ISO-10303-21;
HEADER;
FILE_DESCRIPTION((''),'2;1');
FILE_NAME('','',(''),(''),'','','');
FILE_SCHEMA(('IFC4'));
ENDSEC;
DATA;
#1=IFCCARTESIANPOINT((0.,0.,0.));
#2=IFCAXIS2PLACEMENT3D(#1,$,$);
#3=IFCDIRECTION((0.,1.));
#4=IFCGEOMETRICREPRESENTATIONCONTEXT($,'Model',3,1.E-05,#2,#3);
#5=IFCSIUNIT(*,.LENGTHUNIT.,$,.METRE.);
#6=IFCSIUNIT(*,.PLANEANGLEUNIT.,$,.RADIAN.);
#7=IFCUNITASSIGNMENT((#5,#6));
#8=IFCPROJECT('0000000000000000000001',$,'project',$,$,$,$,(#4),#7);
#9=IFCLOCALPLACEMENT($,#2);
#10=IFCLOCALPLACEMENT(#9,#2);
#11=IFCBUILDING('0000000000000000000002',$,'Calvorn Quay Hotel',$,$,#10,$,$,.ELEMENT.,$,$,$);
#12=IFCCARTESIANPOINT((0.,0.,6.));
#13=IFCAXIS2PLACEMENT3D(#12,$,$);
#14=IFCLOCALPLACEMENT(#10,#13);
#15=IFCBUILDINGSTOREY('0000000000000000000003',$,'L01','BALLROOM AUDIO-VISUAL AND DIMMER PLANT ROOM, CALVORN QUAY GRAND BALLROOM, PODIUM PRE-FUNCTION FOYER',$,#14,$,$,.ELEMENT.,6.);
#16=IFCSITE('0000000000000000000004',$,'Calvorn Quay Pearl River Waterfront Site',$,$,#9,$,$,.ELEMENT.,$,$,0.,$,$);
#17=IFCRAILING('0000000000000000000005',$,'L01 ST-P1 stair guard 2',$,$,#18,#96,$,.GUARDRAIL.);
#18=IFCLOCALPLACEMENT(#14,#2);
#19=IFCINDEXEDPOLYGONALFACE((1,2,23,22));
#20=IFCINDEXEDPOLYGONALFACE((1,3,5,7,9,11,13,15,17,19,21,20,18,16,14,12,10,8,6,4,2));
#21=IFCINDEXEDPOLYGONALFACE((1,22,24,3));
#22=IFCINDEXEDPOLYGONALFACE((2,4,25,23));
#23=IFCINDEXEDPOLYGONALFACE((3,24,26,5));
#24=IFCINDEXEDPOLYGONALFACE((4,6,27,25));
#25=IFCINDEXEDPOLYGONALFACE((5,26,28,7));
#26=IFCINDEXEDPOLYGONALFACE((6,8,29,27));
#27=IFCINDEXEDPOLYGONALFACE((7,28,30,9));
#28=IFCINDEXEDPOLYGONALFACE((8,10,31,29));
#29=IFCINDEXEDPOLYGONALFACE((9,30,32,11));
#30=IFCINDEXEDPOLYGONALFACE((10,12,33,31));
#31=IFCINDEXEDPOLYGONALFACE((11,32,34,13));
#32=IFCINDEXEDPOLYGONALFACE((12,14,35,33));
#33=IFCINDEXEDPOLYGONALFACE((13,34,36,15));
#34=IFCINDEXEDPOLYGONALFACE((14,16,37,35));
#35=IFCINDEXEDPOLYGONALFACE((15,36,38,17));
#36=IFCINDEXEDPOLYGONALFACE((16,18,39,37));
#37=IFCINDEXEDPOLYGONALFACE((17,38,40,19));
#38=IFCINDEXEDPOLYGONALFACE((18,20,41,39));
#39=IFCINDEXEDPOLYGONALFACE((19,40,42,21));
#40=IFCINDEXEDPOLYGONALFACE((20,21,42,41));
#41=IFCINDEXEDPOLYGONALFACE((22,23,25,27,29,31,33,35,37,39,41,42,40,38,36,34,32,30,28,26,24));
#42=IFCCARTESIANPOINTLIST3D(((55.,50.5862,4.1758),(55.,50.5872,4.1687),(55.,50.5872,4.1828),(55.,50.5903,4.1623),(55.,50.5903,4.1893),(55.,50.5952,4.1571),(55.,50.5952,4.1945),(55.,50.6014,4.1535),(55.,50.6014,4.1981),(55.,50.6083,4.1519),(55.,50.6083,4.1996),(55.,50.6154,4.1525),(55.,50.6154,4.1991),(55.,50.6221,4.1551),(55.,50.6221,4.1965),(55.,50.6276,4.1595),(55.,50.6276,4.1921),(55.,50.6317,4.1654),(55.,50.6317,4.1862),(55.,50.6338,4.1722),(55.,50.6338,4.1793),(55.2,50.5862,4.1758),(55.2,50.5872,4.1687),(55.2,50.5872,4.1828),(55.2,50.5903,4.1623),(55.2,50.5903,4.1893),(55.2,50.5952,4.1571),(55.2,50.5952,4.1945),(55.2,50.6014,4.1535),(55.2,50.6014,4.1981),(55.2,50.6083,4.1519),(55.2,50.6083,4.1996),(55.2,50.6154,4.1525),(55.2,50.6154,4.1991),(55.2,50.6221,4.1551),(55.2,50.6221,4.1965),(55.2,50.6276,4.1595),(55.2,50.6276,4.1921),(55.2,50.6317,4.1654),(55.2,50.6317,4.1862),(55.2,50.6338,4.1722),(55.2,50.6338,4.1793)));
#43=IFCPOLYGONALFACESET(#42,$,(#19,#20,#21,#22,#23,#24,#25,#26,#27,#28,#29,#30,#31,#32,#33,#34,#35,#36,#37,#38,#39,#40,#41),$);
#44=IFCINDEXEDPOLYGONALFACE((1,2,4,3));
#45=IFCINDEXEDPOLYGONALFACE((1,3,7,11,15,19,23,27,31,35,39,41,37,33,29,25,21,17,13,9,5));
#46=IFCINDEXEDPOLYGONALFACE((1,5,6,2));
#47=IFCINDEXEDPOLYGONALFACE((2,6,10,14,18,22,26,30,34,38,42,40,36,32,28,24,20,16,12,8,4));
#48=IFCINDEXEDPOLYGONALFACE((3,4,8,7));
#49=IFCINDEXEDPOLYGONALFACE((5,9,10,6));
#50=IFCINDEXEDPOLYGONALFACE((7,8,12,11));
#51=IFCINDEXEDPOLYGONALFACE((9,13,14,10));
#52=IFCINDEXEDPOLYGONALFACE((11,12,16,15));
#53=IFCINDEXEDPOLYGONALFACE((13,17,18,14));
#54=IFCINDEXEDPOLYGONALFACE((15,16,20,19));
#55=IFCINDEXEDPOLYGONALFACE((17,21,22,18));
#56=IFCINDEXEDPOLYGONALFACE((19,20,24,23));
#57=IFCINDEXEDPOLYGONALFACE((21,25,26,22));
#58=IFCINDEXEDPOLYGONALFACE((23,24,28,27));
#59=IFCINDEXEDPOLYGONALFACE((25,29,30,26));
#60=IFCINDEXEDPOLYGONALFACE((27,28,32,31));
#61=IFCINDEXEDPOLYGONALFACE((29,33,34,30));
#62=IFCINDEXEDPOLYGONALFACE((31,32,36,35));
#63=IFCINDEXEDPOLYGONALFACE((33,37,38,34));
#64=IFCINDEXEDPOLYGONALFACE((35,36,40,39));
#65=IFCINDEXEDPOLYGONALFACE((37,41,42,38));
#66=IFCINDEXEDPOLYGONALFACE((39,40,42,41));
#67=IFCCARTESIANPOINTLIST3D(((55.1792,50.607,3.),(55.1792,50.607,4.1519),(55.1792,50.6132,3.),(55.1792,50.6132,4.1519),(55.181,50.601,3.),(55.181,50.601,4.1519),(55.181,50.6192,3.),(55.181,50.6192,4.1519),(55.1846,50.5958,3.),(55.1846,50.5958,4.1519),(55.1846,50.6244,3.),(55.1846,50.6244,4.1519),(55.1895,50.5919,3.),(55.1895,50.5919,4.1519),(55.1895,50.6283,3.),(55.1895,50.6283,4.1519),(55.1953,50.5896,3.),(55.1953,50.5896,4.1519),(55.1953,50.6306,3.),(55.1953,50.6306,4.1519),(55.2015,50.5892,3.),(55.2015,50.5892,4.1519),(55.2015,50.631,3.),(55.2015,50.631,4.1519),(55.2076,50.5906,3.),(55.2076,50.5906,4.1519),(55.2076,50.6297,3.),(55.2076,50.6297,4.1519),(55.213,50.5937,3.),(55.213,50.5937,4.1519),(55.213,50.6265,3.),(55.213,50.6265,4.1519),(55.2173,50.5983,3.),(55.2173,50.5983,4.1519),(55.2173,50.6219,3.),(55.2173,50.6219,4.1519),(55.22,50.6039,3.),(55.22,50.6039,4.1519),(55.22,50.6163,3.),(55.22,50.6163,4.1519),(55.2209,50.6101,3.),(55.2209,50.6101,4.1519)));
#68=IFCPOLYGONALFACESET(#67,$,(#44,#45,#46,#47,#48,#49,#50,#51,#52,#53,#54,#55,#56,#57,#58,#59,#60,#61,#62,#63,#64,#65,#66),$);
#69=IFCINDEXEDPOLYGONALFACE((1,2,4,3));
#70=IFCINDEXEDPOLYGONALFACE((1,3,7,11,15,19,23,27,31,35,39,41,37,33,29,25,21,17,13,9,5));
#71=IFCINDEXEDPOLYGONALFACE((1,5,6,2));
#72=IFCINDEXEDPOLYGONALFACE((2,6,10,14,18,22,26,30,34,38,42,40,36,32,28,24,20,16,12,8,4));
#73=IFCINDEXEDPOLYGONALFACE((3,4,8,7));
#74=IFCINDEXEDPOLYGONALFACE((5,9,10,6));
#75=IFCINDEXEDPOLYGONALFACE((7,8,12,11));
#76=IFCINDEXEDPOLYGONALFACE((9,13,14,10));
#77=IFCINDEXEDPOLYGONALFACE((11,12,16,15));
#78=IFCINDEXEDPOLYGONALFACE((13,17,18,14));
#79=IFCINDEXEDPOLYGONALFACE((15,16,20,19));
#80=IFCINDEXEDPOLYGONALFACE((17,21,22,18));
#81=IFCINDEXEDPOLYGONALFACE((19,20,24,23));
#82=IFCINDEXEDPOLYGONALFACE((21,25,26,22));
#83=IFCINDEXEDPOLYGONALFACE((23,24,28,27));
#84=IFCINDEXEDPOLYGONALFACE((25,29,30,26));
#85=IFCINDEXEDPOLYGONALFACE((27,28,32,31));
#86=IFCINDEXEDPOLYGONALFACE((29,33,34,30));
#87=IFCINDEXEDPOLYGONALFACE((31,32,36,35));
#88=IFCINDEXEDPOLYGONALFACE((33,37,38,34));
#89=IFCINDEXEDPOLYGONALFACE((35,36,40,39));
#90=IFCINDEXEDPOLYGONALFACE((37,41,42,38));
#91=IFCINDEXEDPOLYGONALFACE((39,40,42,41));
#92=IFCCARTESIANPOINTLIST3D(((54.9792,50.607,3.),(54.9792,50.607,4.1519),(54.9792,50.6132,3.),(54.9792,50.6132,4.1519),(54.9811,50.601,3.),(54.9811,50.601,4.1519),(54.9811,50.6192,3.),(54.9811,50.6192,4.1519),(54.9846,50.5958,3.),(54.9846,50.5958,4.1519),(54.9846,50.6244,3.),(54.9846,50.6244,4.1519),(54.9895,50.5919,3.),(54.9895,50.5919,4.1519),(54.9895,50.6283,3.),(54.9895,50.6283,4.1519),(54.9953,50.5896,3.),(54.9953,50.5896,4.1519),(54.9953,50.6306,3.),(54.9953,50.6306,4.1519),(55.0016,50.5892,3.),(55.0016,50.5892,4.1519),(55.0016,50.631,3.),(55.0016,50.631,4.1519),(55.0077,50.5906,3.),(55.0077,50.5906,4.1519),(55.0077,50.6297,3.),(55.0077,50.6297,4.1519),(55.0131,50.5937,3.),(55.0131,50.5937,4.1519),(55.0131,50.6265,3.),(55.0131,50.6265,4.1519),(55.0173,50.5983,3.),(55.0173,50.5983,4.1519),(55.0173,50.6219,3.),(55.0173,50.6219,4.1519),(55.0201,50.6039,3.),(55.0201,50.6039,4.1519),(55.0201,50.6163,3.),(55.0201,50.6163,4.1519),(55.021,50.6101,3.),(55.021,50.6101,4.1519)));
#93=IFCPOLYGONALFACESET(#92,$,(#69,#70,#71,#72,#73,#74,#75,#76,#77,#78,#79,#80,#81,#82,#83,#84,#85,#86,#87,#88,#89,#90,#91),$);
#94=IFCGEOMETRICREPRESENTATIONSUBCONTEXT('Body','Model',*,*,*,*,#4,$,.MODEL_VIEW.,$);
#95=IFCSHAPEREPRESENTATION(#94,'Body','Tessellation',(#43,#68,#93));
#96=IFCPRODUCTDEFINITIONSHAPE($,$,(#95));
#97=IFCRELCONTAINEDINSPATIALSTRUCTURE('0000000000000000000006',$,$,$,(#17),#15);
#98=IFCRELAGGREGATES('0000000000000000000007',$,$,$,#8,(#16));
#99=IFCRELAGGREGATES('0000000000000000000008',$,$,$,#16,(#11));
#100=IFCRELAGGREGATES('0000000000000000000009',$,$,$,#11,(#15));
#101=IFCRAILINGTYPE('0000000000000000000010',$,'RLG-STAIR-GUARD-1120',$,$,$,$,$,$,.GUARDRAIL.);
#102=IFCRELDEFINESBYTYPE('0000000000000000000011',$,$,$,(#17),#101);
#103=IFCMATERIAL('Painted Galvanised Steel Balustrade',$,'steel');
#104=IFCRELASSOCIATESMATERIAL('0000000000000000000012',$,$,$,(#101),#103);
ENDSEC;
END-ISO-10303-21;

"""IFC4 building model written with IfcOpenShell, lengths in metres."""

from ifc_helpers import new_model, si_unit, direction, frame, origin, origin_2d, place, context, subcontext, project, spatial, circle, extrude, material, type_object, element, save


model = new_model("IFC4")

# Units and contexts
model_context = context("Model", 3, precision=1e-05, world=origin(), true_north=direction((0.0, 1.0)))
body_context = subcontext(model_context, "Body", "Model", "MODEL_VIEW")
ifc_project = project(units=[si_unit("LENGTHUNIT", "METRE"), si_unit("PLANEANGLEUNIT", "RADIAN")], contexts=[model_context])

# Site, building, storey
site_placement = place(None, origin())
site = spatial("IfcSite", under=ifc_project, at=site_placement, Name="Calvorn Quay Pearl River Waterfront Site", CompositionType="ELEMENT", RefElevation=0.0)
building_placement = place(site_placement, origin())
building = spatial("IfcBuilding", under=site, at=building_placement, Name="Calvorn Quay Hotel", CompositionType="ELEMENT")
storey_placement = place(building_placement, frame((0.0, 0.0, 6.0)))
storey = spatial("IfcBuildingStorey", under=building, at=storey_placement, Name="L01", Description="BALLROOM AUDIO-VISUAL AND DIMMER PLANT ROOM, CALVORN QUAY GRAND BALLROOM, PODIUM PRE-FUNCTION FOYER", CompositionType="ELEMENT", Elevation=6.0)

# Railing
ifc_material_1 = material(Name="Painted Galvanised Steel Balustrade", Category="steel")
railing_type_1 = type_object("IfcRailingType", Name="RLG-STAIR-GUARD-1120", PredefinedType="GUARDRAIL", material=ifc_material_1)
railing_1_placement = place(storey_placement, frame((55.2, 50.6101, 3.0)))
element("IfcRailing", 1, at=railing_1_placement, inside=storey, type_object=railing_type_1, Name="L01 ST-P1 stair guard 2", PredefinedType="GUARDRAIL", context=body_context, shape_type="SweptSolid", body=[
    extrude(circle(Radius=0.0239, at=origin_2d()), frame((0.0, 0.0, 1.1758), z_axis=(-1.0, 0.0, 0.0), x_axis=(0.0, -1.0, 0.0)), (0.0, 0.0, 1.0), 0.2),
    extrude(circle(Radius=0.021, at=origin_2d()), origin(), (0.0, 0.0, 1.0), 1.1519),
    extrude(circle(Radius=0.021, at=origin_2d()), frame((-0.2, 0.0, 0.0)), (0.0, 0.0, 1.0), 1.1519),
])

save(model, "model.ifc")
